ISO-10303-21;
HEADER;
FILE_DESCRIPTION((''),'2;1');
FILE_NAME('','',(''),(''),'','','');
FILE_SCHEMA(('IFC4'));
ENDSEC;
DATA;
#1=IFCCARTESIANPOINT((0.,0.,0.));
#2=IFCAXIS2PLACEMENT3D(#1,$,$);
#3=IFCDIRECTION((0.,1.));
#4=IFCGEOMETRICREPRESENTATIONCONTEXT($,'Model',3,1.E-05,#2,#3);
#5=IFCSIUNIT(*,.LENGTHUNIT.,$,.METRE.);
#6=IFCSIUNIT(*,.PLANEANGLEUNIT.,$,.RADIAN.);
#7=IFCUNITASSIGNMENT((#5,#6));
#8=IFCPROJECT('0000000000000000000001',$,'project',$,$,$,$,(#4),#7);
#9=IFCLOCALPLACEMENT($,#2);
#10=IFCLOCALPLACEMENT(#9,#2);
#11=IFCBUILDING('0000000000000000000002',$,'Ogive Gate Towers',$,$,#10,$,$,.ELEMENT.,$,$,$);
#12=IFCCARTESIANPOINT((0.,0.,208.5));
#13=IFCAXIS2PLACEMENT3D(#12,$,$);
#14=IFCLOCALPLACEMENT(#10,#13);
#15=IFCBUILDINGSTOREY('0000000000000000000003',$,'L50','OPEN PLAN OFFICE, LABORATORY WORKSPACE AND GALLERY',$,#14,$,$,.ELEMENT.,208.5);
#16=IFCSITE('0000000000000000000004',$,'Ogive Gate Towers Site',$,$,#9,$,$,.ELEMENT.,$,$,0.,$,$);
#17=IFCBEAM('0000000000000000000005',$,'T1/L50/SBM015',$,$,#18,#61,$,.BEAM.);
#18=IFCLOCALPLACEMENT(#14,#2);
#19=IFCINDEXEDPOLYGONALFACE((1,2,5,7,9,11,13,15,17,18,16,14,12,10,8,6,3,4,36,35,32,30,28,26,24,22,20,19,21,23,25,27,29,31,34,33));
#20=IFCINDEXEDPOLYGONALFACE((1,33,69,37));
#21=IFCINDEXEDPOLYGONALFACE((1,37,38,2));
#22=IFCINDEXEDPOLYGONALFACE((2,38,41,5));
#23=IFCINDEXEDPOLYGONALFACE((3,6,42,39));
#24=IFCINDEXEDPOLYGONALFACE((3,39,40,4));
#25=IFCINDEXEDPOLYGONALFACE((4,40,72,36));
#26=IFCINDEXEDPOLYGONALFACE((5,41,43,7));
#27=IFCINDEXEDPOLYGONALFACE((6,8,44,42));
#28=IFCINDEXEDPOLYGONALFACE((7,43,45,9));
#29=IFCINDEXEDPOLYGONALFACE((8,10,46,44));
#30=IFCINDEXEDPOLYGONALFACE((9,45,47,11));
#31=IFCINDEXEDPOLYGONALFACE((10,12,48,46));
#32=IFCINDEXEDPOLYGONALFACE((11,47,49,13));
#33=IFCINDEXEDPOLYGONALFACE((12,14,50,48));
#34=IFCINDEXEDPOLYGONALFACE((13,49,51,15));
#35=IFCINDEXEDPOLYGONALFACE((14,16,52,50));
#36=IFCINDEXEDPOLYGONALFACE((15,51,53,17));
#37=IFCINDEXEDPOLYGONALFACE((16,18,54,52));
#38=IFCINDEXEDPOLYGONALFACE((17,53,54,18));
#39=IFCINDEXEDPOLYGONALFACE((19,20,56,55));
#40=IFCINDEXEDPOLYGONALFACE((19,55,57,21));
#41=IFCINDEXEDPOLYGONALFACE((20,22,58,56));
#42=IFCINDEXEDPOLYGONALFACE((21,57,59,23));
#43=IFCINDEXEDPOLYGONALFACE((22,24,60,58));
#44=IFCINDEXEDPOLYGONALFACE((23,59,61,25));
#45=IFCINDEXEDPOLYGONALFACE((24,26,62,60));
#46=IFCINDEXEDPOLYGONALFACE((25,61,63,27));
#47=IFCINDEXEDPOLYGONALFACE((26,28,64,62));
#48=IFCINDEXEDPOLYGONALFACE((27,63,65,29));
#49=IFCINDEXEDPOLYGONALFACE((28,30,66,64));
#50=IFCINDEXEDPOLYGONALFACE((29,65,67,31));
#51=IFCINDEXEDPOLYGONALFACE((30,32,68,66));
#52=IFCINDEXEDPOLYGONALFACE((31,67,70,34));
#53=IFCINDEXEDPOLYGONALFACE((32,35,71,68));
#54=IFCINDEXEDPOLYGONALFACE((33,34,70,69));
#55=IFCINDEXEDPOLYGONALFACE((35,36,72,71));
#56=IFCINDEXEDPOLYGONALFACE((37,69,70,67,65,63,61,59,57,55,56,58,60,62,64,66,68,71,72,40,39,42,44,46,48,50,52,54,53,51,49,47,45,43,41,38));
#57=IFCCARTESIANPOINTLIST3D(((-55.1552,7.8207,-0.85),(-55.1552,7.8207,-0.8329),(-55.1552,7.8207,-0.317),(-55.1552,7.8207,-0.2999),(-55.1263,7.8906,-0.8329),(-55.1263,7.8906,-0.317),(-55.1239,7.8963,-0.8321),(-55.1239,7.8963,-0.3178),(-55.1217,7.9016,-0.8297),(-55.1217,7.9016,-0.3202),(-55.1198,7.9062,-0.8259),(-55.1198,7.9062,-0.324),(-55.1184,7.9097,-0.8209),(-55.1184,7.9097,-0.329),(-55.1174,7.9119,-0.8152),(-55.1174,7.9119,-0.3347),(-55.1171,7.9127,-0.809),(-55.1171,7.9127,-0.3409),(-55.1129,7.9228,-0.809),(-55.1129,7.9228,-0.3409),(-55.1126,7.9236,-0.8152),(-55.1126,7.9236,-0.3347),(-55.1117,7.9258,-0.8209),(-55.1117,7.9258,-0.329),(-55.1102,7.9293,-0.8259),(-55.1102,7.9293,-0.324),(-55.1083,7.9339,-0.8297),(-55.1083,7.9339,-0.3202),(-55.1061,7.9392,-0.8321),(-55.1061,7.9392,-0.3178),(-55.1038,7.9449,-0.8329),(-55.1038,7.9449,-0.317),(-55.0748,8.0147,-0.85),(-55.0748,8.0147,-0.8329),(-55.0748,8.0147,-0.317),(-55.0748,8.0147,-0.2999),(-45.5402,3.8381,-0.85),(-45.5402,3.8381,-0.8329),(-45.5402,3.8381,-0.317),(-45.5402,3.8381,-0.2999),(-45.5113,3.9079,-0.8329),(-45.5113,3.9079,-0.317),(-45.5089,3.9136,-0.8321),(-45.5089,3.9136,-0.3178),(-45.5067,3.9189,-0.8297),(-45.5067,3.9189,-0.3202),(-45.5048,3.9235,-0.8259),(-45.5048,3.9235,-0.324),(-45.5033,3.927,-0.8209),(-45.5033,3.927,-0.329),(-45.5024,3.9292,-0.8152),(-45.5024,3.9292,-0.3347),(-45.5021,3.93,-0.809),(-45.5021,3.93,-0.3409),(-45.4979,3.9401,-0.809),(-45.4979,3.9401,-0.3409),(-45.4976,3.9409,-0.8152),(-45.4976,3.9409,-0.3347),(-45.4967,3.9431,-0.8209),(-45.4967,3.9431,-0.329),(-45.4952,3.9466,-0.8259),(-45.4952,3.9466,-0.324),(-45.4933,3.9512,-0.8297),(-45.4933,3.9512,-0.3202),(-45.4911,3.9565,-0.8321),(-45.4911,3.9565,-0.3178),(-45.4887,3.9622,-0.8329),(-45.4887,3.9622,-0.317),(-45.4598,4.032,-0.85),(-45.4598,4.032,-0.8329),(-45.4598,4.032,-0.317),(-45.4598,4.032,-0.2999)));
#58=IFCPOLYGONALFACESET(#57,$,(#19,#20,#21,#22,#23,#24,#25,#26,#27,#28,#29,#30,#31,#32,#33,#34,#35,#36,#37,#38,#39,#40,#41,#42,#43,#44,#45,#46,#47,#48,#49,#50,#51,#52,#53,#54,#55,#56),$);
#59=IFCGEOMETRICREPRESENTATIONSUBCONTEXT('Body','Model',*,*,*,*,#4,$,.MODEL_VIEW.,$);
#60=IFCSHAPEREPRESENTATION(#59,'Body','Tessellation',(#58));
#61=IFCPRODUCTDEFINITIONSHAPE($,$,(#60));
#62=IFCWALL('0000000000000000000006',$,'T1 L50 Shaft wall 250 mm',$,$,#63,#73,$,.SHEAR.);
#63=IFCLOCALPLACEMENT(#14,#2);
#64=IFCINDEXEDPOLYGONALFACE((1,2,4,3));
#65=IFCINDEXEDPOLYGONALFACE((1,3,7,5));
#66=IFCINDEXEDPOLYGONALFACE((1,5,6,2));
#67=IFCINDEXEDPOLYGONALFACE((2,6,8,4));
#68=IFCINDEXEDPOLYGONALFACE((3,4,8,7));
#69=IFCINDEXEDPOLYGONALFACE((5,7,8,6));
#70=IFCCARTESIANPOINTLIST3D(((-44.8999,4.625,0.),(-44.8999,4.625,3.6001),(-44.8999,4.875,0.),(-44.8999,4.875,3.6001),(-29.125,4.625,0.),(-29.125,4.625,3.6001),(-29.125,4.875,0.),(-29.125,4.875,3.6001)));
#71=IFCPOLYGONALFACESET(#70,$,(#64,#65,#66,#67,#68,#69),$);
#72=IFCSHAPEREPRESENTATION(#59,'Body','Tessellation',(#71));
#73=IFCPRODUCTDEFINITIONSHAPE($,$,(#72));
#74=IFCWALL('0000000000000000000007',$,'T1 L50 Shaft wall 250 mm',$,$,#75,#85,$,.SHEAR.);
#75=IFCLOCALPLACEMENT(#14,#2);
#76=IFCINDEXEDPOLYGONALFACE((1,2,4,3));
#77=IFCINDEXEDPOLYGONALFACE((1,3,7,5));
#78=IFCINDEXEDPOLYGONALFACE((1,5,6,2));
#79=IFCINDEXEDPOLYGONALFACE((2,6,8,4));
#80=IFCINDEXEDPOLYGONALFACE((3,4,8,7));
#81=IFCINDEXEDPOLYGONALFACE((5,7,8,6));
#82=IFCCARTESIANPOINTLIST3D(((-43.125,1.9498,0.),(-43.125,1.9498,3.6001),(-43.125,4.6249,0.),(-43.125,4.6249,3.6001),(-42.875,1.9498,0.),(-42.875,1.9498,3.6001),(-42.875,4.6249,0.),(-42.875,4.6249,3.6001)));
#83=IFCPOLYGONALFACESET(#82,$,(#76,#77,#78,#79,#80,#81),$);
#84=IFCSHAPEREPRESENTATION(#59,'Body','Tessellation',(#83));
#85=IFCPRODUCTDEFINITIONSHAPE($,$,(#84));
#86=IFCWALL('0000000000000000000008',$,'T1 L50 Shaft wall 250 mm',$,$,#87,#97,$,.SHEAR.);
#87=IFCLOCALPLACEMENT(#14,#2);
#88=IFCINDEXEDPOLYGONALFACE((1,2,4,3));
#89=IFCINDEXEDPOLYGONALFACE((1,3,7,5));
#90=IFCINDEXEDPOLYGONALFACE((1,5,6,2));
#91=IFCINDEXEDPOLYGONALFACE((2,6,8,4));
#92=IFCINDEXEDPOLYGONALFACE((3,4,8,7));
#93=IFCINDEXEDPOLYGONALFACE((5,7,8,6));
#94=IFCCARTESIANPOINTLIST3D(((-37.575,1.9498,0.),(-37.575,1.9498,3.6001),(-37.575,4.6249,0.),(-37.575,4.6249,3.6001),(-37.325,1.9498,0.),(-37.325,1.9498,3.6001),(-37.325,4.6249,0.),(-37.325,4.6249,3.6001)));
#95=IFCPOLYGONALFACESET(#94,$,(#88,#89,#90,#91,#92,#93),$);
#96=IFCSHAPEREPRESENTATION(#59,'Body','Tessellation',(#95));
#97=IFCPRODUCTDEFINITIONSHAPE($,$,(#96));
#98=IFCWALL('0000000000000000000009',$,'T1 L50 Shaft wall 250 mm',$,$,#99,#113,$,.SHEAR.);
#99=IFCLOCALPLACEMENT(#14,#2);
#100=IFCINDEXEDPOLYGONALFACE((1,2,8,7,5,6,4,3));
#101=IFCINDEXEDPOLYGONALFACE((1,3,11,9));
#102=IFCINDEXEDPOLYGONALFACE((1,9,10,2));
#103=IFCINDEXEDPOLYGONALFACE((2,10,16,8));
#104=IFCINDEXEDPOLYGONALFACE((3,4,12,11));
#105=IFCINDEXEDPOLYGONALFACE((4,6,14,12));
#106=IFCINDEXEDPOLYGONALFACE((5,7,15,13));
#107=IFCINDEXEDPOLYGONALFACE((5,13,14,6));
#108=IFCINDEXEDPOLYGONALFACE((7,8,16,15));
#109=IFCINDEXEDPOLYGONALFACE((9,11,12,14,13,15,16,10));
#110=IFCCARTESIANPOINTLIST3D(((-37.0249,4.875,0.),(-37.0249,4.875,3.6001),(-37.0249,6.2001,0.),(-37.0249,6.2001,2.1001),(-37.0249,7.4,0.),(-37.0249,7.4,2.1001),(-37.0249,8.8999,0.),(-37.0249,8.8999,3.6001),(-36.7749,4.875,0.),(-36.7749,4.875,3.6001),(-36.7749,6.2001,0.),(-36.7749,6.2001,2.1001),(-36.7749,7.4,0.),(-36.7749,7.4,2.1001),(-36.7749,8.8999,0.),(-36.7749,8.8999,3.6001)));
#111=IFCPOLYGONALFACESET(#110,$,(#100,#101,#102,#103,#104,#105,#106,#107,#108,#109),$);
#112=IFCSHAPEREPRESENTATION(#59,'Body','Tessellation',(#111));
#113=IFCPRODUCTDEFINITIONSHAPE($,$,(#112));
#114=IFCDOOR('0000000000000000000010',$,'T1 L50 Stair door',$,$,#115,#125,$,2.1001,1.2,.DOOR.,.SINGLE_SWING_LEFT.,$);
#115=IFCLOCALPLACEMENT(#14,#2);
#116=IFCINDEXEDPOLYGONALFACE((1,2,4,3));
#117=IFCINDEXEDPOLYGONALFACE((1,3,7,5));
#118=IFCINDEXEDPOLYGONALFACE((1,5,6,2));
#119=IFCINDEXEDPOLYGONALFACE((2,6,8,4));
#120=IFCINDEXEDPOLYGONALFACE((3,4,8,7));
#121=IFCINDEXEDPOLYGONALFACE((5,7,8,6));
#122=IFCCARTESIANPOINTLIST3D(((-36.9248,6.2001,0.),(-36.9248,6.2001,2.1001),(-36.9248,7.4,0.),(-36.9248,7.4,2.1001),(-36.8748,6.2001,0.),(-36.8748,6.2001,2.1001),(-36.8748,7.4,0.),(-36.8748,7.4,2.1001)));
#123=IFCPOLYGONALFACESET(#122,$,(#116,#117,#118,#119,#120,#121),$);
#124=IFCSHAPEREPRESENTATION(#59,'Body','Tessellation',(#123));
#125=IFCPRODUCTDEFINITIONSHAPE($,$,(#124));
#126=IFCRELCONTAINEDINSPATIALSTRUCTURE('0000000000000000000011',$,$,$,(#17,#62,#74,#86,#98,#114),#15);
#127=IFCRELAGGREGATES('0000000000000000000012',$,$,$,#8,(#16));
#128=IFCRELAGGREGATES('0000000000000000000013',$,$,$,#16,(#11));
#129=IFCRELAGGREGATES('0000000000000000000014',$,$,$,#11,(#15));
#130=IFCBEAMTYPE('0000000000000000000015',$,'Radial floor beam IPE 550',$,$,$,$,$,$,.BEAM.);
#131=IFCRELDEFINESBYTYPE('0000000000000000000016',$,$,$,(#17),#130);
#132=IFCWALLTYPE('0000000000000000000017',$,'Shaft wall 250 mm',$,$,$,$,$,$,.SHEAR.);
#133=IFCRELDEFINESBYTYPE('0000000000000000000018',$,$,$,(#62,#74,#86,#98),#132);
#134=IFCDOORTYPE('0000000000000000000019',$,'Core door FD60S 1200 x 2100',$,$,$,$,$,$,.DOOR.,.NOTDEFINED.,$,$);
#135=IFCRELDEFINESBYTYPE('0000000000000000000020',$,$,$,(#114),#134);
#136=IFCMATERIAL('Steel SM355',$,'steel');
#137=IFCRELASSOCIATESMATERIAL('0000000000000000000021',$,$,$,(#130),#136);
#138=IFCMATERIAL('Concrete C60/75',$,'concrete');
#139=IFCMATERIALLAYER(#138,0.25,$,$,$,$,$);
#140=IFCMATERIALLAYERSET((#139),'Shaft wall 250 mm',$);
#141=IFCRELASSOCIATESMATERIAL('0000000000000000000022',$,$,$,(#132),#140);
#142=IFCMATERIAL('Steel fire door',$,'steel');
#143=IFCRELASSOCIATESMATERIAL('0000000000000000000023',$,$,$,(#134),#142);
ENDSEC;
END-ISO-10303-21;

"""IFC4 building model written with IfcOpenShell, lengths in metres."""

from ifc_helpers import new_model, si_unit, direction, frame, frame_2d, origin, origin_2d, place, context, subcontext, project, spatial, rectangle, i_section, extrude, material, layer, layer_set, material_profile, profile_set, type_object, element, fill, save


model = new_model("IFC4")

# Units and contexts
model_context = context("Model", 3, precision=1e-05, world=origin(), true_north=direction((0.0, 1.0)))
body_context = subcontext(model_context, "Body", "Model", "MODEL_VIEW")
ifc_project = project(units=[si_unit("LENGTHUNIT", "METRE"), si_unit("PLANEANGLEUNIT", "RADIAN")], contexts=[model_context])

# Site, building, storey
site_placement = place(None, origin())
site = spatial("IfcSite", under=ifc_project, at=site_placement, Name="Ogive Gate Towers Site", CompositionType="ELEMENT", RefElevation=0.0)
building_placement = place(site_placement, origin())
building = spatial("IfcBuilding", under=site, at=building_placement, Name="Ogive Gate Towers", CompositionType="ELEMENT")
storey_placement = place(building_placement, frame((0.0, 0.0, 208.5)))
storey = spatial("IfcBuildingStorey", under=building, at=storey_placement, Name="L50", Description="OPEN PLAN OFFICE, LABORATORY WORKSPACE AND GALLERY", CompositionType="ELEMENT", Elevation=208.5)

# Beam
ifc_material_1 = material(Name="Steel SM355", Category="steel")
ifc_material_profile = material_profile(ifc_material_1, i_section(OverallWidth=0.21, OverallDepth=0.55, WebThickness=0.011, FlangeThickness=0.0171, FilletRadius=0.0239, at=origin_2d()), Name="IPE 550")
ifc_profile_set = profile_set([ifc_material_profile], Name="Steel SM355")
beam_type = type_object("IfcBeamType", Name="Radial floor beam IPE 550", PredefinedType="BEAM", material=ifc_profile_set)
beam_placement = place(storey_placement, frame((-45.5, 3.9351, -0.575), z_axis=(-0.923879, 0.382684, 0.0), x_axis=(-0.382684, -0.923879, 0.0)))
element("IfcBeam", 1, at=beam_placement, inside=storey, type_object=beam_type, Name="T1/L50/SBM015", PredefinedType="BEAM", context=body_context, shape_type="SweptSolid", body=[
    extrude(i_section(OverallWidth=0.21, OverallDepth=0.55, WebThickness=0.011, FlangeThickness=0.0171, FilletRadius=0.0239, at=origin_2d()), origin(), (0.0, 0.0, 1.0), 10.4072),
])

# Walls
ifc_material_2 = material(Name="Concrete C60/75", Category="concrete")
ifc_layer_1 = layer(ifc_material_2, 0.25)
ifc_layer_set_1 = layer_set([ifc_layer_1], Name="Shaft wall 250 mm")
wall_type_1 = type_object("IfcWallType", Name="Shaft wall 250 mm", PredefinedType="SHEAR", material=ifc_layer_set_1)
wall_1_placement = place(storey_placement, frame((-44.8999, 4.75, 0.0), z_axis=(0.0, 0.0, 1.0), x_axis=(1.0, 0.0, 0.0)))
element("IfcWall", 2, at=wall_1_placement, inside=storey, type_object=wall_type_1, Name="T1 L50 Shaft wall 250 mm", PredefinedType="SHEAR", context=body_context, shape_type="SweptSolid", body=[
    extrude(rectangle(XDim=15.7749, YDim=0.25, at=frame_2d((7.8875, 0.0))), origin(), (0.0, 0.0, 1.0), 3.6001),
])
for number, where, z_axis, x_axis, name in (
    (3, (-43.0, 1.95, 0.0), (0.0, 0.0, 1.0), (0.0, 1.0, 0.0), "T1 L50 Shaft wall 250 mm"),
    (4, (-37.45, 1.95, 0.0), (0.0, 0.0, 1.0), (0.0, 1.0, 0.0), "T1 L50 Shaft wall 250 mm"),
):
    element("IfcWall", number, at=place(storey_placement, frame(where, z_axis=z_axis, x_axis=x_axis)), inside=storey, type_object=wall_type_1, Name=name, PredefinedType="SHEAR", context=body_context, shape_type="SweptSolid", body=[
        extrude(rectangle(XDim=2.675, YDim=0.25, at=frame_2d((1.3374, 0.0))), origin(), (0.0, 0.0, 1.0), 3.6001),
    ])

# Wall, opening, door
wall_2_placement = place(storey_placement, frame((-36.8999, 4.875, 0.0), z_axis=(0.0, 0.0, 1.0), x_axis=(0.0, 1.0, 0.0)))
wall_2 = element("IfcWall", 5, at=wall_2_placement, inside=storey, type_object=wall_type_1, Name="T1 L50 Shaft wall 250 mm", PredefinedType="SHEAR", context=body_context, shape_type="SweptSolid", body=[
    extrude(rectangle(XDim=4.0249, YDim=0.25, at=frame_2d((2.0125, 0.0))), origin(), (0.0, 0.0, 1.0), 3.6001),
])
opening_1_placement = place(wall_2_placement, frame((1.325, 0.0, 0.0)))
opening_1 = element("IfcOpeningElement", 6, at=opening_1_placement, cuts=wall_2, PredefinedType="OPENING", context=body_context, shape_type="SweptSolid", body=[
    extrude(rectangle(XDim=1.2, YDim=2.1001, at=frame_2d((0.6001, 1.05))), frame((0.0, 0.135, 0.0), z_axis=(0.0, -1.0, 0.0), x_axis=(1.0, 0.0, 0.0)), (0.0, 0.0, 1.0), 0.27),
])
ifc_material_3 = material(Name="Steel fire door", Category="steel")
door_type_1 = type_object("IfcDoorType", Name="Core door FD60S 1200 x 2100", OperationType="NOTDEFINED", PredefinedType="DOOR", material=ifc_material_3)
door_1_placement = place(opening_1_placement, origin())
door_1 = element("IfcDoor", 7, at=door_1_placement, inside=storey, type_object=door_type_1, Name="T1 L50 Stair door", OperationType="SINGLE_SWING_LEFT", OverallHeight=2.1001, OverallWidth=1.2, PredefinedType="DOOR", context=body_context, shape_type="SweptSolid", body=[
    extrude(rectangle(XDim=1.2, YDim=2.1001, at=frame_2d((0.6001, 1.05))), frame((0.0, 0.0249, 0.0), z_axis=(0.0, -1.0, 0.0), x_axis=(1.0, 0.0, 0.0)), (0.0, 0.0, 1.0), 0.05),
])
fill(opening_1, door_1)

save(model, "model.ifc")
